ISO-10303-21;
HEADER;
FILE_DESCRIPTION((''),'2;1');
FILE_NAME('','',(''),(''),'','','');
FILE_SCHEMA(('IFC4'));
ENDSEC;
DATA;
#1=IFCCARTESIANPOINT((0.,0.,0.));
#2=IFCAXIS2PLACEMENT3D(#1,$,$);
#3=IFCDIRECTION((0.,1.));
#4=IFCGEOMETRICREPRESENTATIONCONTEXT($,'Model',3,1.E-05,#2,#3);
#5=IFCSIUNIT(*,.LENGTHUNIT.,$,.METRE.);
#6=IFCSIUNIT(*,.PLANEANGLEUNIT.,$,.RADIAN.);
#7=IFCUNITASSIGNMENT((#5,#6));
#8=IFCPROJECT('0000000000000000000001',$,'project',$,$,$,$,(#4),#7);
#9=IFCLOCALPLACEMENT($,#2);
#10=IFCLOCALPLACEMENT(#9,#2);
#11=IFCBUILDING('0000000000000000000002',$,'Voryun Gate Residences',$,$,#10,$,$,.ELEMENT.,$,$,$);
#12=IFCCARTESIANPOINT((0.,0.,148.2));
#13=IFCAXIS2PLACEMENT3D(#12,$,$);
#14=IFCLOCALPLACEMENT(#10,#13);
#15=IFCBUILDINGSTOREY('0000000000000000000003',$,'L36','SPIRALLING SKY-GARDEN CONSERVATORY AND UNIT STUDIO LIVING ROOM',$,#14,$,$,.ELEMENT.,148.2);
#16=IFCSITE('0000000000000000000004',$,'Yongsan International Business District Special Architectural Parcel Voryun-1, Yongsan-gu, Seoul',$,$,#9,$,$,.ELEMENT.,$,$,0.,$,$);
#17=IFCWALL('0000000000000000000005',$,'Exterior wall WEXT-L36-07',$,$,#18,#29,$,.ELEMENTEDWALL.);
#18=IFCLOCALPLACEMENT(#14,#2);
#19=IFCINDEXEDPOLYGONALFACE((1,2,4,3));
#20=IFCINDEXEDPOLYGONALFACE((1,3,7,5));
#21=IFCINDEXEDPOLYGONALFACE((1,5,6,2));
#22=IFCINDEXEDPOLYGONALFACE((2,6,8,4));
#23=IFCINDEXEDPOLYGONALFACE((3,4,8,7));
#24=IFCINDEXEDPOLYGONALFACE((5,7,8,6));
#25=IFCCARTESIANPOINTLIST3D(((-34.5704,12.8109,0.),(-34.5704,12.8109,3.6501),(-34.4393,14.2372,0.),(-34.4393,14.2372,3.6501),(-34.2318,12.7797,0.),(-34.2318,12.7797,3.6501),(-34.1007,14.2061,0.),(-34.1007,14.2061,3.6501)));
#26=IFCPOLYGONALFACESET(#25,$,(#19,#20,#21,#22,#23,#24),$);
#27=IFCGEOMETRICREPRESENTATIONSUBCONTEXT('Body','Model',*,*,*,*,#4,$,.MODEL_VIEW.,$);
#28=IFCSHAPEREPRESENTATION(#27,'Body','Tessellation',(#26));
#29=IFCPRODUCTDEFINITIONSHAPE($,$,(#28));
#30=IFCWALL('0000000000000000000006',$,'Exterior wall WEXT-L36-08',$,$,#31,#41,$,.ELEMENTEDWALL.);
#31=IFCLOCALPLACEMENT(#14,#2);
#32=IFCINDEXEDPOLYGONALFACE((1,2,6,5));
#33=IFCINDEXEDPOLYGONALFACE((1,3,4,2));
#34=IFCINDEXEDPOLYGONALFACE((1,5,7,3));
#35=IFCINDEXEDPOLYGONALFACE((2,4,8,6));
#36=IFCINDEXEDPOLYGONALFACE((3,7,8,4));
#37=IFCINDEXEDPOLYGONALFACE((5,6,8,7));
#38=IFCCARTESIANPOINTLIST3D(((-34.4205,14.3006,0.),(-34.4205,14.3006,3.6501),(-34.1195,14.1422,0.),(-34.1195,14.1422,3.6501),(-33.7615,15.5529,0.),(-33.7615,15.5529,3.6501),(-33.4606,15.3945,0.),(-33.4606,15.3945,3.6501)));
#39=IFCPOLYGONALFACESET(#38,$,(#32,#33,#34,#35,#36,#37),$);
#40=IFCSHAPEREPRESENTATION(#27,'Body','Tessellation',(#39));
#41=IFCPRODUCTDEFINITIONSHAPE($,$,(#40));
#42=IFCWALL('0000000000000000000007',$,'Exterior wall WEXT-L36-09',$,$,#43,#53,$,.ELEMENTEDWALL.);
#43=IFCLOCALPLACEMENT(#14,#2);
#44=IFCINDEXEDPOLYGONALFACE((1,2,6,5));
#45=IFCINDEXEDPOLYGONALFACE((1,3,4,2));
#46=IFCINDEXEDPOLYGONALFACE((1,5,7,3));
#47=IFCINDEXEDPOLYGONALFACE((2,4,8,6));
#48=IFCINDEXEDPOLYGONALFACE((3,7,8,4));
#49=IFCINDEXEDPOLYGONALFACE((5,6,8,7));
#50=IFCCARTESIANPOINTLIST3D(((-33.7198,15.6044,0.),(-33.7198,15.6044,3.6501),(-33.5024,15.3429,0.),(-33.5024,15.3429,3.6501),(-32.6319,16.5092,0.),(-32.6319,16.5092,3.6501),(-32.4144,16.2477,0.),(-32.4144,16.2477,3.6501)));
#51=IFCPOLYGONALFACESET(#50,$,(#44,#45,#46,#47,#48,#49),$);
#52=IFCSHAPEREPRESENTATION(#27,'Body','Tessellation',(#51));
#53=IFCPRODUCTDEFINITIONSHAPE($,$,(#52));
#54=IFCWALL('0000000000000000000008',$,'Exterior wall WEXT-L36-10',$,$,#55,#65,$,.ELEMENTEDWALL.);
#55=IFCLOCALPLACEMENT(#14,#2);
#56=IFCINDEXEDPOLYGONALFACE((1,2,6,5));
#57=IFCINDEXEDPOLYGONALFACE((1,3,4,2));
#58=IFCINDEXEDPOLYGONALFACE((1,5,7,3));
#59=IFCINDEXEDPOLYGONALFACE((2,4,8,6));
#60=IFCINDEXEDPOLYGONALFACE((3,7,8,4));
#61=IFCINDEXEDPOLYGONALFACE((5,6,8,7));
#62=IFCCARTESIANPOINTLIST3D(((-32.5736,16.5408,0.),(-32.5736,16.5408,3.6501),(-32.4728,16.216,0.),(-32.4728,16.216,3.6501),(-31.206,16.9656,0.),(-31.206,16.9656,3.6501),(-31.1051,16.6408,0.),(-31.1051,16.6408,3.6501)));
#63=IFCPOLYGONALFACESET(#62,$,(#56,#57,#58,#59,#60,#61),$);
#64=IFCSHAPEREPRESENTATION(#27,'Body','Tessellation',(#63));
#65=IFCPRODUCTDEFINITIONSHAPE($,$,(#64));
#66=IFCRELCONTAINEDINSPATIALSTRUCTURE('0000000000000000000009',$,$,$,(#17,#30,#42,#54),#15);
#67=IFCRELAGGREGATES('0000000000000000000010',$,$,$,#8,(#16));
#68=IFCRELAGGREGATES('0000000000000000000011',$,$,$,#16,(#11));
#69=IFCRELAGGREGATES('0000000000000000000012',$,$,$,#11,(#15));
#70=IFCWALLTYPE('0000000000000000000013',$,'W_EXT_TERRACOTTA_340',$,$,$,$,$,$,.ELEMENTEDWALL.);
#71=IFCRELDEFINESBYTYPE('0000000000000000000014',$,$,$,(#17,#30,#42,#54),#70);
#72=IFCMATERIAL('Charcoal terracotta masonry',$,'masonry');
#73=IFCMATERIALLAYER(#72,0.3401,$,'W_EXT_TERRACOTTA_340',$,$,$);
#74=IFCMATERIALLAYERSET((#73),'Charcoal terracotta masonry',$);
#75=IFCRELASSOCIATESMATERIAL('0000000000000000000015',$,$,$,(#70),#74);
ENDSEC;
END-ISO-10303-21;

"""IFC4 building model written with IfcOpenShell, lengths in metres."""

from ifc_helpers import new_model, si_unit, direction, frame, frame_2d, origin, place, context, subcontext, project, spatial, rectangle, extrude, material, layer, layer_set, type_object, element, save


model = new_model("IFC4")

# Units and contexts
model_context = context("Model", 3, precision=1e-05, world=origin(), true_north=direction((0.0, 1.0)))
body_context = subcontext(model_context, "Body", "Model", "MODEL_VIEW")
ifc_project = project(units=[si_unit("LENGTHUNIT", "METRE"), si_unit("PLANEANGLEUNIT", "RADIAN")], contexts=[model_context])

# Site, building, storey
site_placement = place(None, origin())
site = spatial("IfcSite", under=ifc_project, at=site_placement, Name="Yongsan International Business District Special Architectural Parcel Voryun-1, Yongsan-gu, Seoul", CompositionType="ELEMENT", RefElevation=0.0)
building_placement = place(site_placement, origin())
building = spatial("IfcBuilding", under=site, at=building_placement, Name="Voryun Gate Residences", CompositionType="ELEMENT")
storey_placement = place(building_placement, frame((0.0, 0.0, 148.2)))
storey = spatial("IfcBuildingStorey", under=building, at=storey_placement, Name="L36", Description="SPIRALLING SKY-GARDEN CONSERVATORY AND UNIT STUDIO LIVING ROOM", CompositionType="ELEMENT", Elevation=148.2)

# Walls
ifc_material_1 = material(Name="Charcoal terracotta masonry", Category="masonry")
ifc_layer_1 = layer(ifc_material_1, 0.3401, Name="W_EXT_TERRACOTTA_340")
ifc_layer_set_1 = layer_set([ifc_layer_1], Name="Charcoal terracotta masonry")
wall_type = type_object("IfcWallType", Name="W_EXT_TERRACOTTA_340", PredefinedType="ELEMENTEDWALL", material=ifc_layer_set_1)
wall_1_placement = place(storey_placement, frame((-34.4011, 12.7952, 0.0), z_axis=(0.0, 0.0, 1.0), x_axis=(0.091535, 0.995802, 0.0)))
element("IfcWall", 1, at=wall_1_placement, inside=storey, type_object=wall_type, Name="Exterior wall WEXT-L36-07", PredefinedType="ELEMENTEDWALL", context=body_context, shape_type="SweptSolid", body=[
    extrude(rectangle(XDim=1.4324, YDim=0.3401, at=frame_2d((0.7163, 0.0))), origin(), (0.0, 0.0, 1.0), 3.6501),
])
for number, where, z_axis, x_axis, name in (
    (2, (-34.27, 14.2214, 0.0), (0.0, 0.0, 1.0), (0.465682, 0.884952, 0.0), "Exterior wall WEXT-L36-08"),
    (3, (-33.6111, 15.4736, 0.0), (0.0, 0.0, 1.0), (0.768843, 0.639437, 0.0), "Exterior wall WEXT-L36-09"),
):
    element("IfcWall", number, at=place(storey_placement, frame(where, z_axis=z_axis, x_axis=x_axis)), inside=storey, type_object=wall_type, Name=name, PredefinedType="ELEMENTEDWALL", context=body_context, shape_type="SweptSolid", body=[
        extrude(rectangle(XDim=1.415, YDim=0.3401, at=frame_2d((0.7075, 0.0))), origin(), (0.0, 0.0, 1.0), 3.6501),
    ])
wall_2_placement = place(storey_placement, frame((-32.5232, 16.3784, 0.0), z_axis=(0.0, 0.0, 1.0), x_axis=(0.954994, 0.296624, 0.0)))
element("IfcWall", 4, at=wall_2_placement, inside=storey, type_object=wall_type, Name="Exterior wall WEXT-L36-10", PredefinedType="ELEMENTEDWALL", context=body_context, shape_type="SweptSolid", body=[
    extrude(rectangle(XDim=1.4321, YDim=0.3401, at=frame_2d((0.7161, 0.0))), origin(), (0.0, 0.0, 1.0), 3.6501),
])

save(model, "model.ifc")
